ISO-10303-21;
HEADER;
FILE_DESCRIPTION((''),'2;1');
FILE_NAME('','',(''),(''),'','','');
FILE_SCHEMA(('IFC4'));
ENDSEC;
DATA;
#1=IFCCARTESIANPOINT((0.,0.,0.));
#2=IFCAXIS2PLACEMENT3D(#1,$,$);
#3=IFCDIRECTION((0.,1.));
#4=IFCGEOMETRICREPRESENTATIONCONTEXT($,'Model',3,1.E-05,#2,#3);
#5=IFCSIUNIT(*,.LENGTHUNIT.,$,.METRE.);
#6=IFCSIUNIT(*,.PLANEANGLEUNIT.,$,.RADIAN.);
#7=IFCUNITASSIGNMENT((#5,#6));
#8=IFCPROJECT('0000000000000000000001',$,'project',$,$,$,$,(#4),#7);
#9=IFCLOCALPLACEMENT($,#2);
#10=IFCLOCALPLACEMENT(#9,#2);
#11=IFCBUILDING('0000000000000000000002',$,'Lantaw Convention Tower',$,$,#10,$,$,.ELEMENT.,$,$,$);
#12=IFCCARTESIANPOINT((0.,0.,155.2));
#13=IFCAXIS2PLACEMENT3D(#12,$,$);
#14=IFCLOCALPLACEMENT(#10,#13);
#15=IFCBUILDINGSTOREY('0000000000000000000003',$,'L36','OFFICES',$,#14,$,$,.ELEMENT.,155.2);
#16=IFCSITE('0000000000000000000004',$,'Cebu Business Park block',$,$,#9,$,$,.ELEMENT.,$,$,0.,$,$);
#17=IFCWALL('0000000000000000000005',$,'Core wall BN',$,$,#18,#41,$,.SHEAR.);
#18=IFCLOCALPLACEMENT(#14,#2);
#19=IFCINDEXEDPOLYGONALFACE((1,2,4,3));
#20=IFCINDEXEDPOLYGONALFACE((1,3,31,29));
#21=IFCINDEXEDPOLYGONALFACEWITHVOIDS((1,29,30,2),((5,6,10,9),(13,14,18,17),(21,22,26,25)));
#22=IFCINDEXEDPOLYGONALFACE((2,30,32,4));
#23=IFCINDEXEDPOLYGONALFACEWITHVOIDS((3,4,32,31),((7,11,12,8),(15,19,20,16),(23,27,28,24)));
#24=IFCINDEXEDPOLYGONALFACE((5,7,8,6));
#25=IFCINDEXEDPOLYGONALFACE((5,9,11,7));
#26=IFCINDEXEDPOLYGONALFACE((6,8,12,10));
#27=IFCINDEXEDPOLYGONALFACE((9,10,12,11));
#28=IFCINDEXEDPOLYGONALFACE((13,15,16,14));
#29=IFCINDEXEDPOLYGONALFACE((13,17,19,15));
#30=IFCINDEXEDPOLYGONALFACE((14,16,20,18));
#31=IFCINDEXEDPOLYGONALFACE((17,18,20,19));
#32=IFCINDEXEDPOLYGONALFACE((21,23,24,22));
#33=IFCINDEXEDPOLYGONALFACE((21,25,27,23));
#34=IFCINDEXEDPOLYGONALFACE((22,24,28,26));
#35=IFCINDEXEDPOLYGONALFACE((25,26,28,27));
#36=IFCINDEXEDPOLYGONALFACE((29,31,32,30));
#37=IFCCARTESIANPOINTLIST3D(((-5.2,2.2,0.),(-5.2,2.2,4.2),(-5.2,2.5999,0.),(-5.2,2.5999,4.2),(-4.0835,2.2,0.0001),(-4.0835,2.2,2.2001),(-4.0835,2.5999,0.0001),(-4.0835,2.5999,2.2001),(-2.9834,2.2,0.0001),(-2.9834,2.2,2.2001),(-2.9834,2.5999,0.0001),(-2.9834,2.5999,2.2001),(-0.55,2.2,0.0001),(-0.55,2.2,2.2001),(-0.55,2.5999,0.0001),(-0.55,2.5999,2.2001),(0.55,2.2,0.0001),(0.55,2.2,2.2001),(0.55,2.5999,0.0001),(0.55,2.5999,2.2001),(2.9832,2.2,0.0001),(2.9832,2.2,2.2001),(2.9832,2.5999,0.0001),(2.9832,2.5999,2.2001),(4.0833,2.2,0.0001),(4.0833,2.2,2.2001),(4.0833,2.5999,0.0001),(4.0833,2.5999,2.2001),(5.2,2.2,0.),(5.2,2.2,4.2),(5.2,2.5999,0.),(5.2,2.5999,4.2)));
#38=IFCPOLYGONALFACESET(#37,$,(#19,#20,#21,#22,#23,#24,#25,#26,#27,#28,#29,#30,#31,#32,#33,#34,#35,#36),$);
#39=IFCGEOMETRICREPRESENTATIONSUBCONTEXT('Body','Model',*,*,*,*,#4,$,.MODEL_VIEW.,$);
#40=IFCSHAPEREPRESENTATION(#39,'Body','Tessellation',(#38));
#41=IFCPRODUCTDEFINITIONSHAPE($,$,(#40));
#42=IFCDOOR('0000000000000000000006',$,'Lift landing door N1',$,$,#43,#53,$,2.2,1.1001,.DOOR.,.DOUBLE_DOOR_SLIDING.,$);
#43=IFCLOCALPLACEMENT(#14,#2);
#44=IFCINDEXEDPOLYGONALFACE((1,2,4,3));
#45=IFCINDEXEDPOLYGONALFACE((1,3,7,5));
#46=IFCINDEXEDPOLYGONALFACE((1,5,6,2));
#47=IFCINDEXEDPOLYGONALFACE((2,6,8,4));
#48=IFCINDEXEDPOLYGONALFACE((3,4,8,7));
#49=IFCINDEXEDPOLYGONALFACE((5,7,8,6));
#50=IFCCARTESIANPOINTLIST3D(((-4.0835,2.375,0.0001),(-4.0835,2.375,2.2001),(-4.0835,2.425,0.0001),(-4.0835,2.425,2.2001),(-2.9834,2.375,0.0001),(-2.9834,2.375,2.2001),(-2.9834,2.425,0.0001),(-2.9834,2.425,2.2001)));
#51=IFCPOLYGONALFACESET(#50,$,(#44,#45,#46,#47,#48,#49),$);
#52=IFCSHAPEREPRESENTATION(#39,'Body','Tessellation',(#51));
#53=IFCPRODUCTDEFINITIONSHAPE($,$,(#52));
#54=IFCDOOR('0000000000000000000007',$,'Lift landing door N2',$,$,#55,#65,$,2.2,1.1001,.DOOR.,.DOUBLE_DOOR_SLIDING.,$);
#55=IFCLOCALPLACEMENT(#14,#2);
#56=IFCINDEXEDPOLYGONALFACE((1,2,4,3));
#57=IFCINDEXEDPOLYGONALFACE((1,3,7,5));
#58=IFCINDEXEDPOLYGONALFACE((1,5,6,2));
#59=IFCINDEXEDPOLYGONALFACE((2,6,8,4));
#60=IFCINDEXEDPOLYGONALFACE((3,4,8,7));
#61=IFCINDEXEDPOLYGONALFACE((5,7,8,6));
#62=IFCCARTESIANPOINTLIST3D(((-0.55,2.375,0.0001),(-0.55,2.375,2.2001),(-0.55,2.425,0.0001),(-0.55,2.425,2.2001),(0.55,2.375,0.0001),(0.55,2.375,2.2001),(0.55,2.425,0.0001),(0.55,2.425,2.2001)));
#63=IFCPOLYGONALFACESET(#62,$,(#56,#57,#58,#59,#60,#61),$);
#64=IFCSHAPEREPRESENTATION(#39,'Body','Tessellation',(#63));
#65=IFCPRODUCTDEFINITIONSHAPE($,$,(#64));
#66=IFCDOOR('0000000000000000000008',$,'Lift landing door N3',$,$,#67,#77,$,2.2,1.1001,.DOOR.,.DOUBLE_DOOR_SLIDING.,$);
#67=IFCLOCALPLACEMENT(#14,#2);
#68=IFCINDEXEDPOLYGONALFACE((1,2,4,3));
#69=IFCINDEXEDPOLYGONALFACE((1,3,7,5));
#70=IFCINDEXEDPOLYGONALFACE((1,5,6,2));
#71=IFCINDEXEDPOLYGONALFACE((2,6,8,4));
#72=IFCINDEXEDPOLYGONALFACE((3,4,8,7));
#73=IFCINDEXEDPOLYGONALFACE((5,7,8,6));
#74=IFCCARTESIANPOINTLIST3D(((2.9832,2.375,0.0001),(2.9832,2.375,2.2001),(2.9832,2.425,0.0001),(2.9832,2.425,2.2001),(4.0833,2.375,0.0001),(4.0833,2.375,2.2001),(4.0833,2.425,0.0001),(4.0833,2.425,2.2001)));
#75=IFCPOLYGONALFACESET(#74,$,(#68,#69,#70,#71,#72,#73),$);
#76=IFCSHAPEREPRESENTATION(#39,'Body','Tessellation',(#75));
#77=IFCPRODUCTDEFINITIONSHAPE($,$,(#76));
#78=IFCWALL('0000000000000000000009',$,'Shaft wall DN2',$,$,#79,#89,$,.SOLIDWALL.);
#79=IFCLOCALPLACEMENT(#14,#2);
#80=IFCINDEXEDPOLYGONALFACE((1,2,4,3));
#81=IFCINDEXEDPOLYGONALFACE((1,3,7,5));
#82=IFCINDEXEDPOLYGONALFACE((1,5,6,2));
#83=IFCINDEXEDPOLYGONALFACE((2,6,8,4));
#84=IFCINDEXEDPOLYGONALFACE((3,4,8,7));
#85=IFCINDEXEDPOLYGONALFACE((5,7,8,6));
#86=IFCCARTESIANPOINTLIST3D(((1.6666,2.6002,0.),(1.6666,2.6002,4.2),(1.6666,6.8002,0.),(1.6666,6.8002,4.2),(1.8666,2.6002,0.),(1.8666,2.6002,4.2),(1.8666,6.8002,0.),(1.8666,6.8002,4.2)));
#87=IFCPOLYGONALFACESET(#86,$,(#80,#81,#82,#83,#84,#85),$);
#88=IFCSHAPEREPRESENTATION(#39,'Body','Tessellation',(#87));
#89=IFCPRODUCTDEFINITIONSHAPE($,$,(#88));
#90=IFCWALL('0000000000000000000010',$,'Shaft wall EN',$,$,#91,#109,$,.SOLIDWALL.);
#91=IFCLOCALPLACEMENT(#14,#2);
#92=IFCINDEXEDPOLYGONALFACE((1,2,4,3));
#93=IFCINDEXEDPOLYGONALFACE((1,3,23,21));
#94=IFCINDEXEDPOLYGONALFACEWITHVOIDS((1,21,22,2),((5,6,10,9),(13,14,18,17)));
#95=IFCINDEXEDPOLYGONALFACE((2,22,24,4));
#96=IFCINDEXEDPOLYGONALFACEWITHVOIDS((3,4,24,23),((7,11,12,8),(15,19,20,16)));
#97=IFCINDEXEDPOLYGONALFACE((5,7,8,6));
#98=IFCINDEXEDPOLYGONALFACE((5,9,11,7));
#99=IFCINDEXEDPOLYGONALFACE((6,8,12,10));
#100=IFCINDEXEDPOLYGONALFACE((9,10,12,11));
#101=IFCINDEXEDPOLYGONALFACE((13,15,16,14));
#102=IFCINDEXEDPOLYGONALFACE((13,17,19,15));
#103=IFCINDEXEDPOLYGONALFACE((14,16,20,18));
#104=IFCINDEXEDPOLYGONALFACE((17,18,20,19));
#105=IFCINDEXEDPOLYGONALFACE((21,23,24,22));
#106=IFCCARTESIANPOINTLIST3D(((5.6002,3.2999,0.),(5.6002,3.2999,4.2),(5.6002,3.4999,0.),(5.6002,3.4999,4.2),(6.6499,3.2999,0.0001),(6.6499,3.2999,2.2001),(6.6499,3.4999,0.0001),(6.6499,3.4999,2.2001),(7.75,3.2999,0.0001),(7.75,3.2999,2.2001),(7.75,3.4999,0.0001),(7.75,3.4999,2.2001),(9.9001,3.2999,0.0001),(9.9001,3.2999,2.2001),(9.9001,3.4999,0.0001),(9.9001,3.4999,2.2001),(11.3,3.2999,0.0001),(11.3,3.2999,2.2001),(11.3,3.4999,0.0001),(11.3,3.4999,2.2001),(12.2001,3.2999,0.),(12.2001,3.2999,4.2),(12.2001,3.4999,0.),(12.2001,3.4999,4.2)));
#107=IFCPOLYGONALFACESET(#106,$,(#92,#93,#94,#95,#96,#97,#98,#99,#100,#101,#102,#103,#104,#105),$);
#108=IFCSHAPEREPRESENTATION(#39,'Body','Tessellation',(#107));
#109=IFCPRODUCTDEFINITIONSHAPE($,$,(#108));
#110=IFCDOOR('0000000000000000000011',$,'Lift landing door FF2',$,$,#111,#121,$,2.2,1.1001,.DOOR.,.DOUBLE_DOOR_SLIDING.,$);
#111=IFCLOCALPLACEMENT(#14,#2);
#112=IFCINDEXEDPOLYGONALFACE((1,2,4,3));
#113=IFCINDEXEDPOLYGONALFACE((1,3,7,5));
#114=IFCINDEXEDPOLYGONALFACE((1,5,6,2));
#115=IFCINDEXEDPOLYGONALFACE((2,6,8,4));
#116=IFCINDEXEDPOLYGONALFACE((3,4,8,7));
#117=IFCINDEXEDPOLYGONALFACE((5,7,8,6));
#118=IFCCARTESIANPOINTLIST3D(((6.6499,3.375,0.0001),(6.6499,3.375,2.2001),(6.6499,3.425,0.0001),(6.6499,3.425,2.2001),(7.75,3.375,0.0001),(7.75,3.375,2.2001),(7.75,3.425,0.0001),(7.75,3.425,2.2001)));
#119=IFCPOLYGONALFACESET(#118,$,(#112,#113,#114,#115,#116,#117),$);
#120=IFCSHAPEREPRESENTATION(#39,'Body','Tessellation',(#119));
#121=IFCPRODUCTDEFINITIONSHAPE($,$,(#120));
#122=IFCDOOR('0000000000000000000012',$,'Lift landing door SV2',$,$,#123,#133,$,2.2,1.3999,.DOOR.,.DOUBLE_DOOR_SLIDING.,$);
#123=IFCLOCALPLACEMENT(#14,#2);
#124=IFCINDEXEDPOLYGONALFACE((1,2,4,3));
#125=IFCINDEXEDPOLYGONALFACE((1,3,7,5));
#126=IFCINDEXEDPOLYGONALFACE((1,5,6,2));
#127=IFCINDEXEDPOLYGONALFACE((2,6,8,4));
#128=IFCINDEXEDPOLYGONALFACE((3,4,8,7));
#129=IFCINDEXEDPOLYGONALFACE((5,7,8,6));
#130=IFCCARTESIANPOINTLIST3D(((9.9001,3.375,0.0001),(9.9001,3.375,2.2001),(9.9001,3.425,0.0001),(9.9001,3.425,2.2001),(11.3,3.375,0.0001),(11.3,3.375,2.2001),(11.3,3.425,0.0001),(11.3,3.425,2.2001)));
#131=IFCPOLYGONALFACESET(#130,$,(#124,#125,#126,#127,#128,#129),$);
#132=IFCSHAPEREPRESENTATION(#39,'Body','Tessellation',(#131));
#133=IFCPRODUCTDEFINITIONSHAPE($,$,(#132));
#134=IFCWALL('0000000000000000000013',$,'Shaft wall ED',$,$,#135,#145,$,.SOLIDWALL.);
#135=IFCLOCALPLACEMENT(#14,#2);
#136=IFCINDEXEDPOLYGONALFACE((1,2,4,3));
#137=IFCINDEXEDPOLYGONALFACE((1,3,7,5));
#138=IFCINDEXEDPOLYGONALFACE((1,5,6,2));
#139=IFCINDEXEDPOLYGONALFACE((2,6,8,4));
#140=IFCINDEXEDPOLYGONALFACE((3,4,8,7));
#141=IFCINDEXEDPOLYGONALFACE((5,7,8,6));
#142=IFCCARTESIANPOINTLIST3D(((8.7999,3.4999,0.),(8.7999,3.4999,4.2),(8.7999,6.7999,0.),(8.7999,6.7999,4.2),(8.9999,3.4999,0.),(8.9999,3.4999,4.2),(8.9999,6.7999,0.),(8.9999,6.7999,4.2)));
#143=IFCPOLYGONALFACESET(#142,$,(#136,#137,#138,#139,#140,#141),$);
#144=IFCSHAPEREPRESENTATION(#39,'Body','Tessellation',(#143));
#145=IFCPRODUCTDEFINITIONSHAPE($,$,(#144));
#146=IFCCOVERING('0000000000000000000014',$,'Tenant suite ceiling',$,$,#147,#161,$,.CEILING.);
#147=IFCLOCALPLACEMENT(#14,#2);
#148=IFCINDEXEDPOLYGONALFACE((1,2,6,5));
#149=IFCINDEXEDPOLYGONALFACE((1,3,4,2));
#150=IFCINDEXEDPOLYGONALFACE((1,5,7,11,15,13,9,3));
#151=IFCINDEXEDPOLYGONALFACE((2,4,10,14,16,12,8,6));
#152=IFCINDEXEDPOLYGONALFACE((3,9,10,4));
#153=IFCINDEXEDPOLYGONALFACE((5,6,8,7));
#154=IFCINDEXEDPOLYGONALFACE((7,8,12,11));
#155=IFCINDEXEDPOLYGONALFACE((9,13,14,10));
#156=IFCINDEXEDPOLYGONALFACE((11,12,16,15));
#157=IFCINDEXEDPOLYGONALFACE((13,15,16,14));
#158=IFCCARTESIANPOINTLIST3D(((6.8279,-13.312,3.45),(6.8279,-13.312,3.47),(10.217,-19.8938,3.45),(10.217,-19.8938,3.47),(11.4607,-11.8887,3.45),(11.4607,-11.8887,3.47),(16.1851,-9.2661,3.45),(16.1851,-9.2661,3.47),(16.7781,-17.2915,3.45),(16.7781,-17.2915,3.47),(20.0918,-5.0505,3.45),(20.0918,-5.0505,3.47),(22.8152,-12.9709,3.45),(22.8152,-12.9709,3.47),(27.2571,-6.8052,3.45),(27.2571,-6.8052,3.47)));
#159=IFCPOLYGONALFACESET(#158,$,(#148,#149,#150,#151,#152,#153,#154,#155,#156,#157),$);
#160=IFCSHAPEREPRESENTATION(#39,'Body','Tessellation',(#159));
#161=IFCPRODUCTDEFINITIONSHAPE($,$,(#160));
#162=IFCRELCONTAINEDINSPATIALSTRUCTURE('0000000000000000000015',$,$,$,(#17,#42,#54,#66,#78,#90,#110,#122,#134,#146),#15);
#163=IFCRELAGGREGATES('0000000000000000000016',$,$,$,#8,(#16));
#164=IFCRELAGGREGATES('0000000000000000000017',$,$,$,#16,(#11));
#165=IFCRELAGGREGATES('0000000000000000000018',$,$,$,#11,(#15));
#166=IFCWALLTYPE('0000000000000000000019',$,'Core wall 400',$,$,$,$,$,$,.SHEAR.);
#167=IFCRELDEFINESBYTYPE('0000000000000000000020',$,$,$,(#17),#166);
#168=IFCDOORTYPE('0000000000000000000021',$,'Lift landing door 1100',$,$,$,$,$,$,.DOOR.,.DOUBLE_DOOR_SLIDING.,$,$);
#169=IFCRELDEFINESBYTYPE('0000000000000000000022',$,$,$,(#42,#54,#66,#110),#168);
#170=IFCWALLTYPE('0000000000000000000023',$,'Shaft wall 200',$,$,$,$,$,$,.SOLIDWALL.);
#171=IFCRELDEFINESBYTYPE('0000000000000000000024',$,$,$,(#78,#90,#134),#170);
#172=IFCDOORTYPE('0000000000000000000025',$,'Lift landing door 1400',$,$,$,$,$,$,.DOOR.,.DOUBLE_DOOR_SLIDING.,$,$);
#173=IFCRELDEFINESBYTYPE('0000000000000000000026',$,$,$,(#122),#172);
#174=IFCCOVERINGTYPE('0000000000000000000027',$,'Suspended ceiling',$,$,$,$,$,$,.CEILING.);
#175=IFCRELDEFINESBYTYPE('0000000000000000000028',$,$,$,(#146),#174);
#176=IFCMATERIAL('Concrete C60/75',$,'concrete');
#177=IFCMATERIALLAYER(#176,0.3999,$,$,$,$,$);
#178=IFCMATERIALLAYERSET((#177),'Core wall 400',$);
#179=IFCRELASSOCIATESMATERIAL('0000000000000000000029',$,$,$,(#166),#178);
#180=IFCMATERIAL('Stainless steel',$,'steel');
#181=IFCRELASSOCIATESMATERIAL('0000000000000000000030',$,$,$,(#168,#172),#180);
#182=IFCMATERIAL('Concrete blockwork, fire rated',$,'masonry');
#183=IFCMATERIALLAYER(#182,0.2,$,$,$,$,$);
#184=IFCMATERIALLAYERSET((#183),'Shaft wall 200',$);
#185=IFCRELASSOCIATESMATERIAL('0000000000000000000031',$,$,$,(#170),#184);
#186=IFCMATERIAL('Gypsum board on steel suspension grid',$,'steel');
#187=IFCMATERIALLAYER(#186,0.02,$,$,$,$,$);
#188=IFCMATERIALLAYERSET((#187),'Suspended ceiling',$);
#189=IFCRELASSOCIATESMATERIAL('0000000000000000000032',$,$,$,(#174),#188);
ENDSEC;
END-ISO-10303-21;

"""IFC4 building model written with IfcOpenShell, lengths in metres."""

from ifc_helpers import new_model, si_unit, direction, frame, frame_2d, origin, place, context, subcontext, project, spatial, polyline, rectangle, outline, extrude, material, layer, layer_set, type_object, element, fill, save


model = new_model("IFC4")

# Units and contexts
model_context = context("Model", 3, precision=1e-05, world=origin(), true_north=direction((0.0, 1.0)))
body_context = subcontext(model_context, "Body", "Model", "MODEL_VIEW")
ifc_project = project(units=[si_unit("LENGTHUNIT", "METRE"), si_unit("PLANEANGLEUNIT", "RADIAN")], contexts=[model_context])

# Site, building, storey
site_placement = place(None, origin())
site = spatial("IfcSite", under=ifc_project, at=site_placement, Name="Cebu Business Park block", CompositionType="ELEMENT", RefElevation=0.0)
building_placement = place(site_placement, origin())
building = spatial("IfcBuilding", under=site, at=building_placement, Name="Lantaw Convention Tower", CompositionType="ELEMENT")
storey_placement = place(building_placement, frame((0.0, 0.0, 155.2)))
storey = spatial("IfcBuildingStorey", under=building, at=storey_placement, Name="L36", Description="OFFICES", CompositionType="ELEMENT", Elevation=155.2)

# Wall, openings, doors
ifc_material_1 = material(Name="Concrete C60/75", Category="concrete")
ifc_layer_1 = layer(ifc_material_1, 0.3999)
ifc_layer_set_1 = layer_set([ifc_layer_1], Name="Core wall 400")
wall_type_1 = type_object("IfcWallType", Name="Core wall 400", PredefinedType="SHEAR", material=ifc_layer_set_1)
wall_1_placement = place(storey_placement, frame((5.2, 2.3999, 0.0), z_axis=(0.0, 0.0, 1.0), x_axis=(-1.0, 0.0, 0.0)))
wall_1 = element("IfcWall", 1, at=wall_1_placement, inside=storey, type_object=wall_type_1, Name="Core wall BN", PredefinedType="SHEAR", context=body_context, shape_type="SweptSolid", body=[
    extrude(rectangle(XDim=10.3999, YDim=0.3999, at=frame_2d((5.2, 0.0))), origin(), (0.0, 0.0, 1.0), 4.2),
])
opening_1_placement = place(wall_1_placement, frame((8.1833, 0.0, 0.0)))
opening_1 = element("IfcOpeningElement", 2, at=opening_1_placement, cuts=wall_1, PredefinedType="OPENING", context=body_context, shape_type="SweptSolid", body=[
    extrude(rectangle(XDim=1.1001, YDim=2.2, at=frame_2d((0.55, 1.1001))), frame((0.0, 0.21, 0.0), z_axis=(0.0, -1.0, 0.0), x_axis=(1.0, 0.0, 0.0)), (0.0, 0.0, 1.0), 0.4199),
])
opening_2_placement = place(wall_1_placement, frame((4.6499, 0.0, 0.0)))
opening_2 = element("IfcOpeningElement", 3, at=opening_2_placement, cuts=wall_1, PredefinedType="OPENING", context=body_context, shape_type="SweptSolid", body=[
    extrude(rectangle(XDim=1.1001, YDim=2.2, at=frame_2d((0.55, 1.1001))), frame((0.0, 0.21, 0.0), z_axis=(0.0, -1.0, 0.0), x_axis=(1.0, 0.0, 0.0)), (0.0, 0.0, 1.0), 0.4199),
])
opening_3_placement = place(wall_1_placement, frame((1.1167, 0.0, 0.0)))
opening_3 = element("IfcOpeningElement", 4, at=opening_3_placement, cuts=wall_1, PredefinedType="OPENING", context=body_context, shape_type="SweptSolid", body=[
    extrude(rectangle(XDim=1.1001, YDim=2.2, at=frame_2d((0.55, 1.1001))), frame((0.0, 0.21, 0.0), z_axis=(0.0, -1.0, 0.0), x_axis=(1.0, 0.0, 0.0)), (0.0, 0.0, 1.0), 0.4199),
])
ifc_material_2 = material(Name="Stainless steel", Category="steel")
door_type_1 = type_object("IfcDoorType", Name="Lift landing door 1100", OperationType="DOUBLE_DOOR_SLIDING", PredefinedType="DOOR", material=ifc_material_2)
door_1_placement = place(opening_1_placement, origin())
door_1 = element("IfcDoor", 5, at=door_1_placement, inside=storey, type_object=door_type_1, Name="Lift landing door N1", OperationType="DOUBLE_DOOR_SLIDING", OverallHeight=2.2, OverallWidth=1.1001, PredefinedType="DOOR", context=body_context, shape_type="SweptSolid", body=[
    extrude(rectangle(XDim=1.1001, YDim=2.2, at=frame_2d((0.55, 1.1001))), frame((0.0, 0.0249, 0.0), z_axis=(0.0, -1.0, 0.0), x_axis=(1.0, 0.0, 0.0)), (0.0, 0.0, 1.0), 0.05),
])
fill(opening_1, door_1)
door_2_placement = place(opening_2_placement, origin())
door_2 = element("IfcDoor", 6, at=door_2_placement, inside=storey, type_object=door_type_1, Name="Lift landing door N2", OperationType="DOUBLE_DOOR_SLIDING", OverallHeight=2.2, OverallWidth=1.1001, PredefinedType="DOOR", context=body_context, shape_type="SweptSolid", body=[
    extrude(rectangle(XDim=1.1001, YDim=2.2, at=frame_2d((0.55, 1.1001))), frame((0.0, 0.0249, 0.0), z_axis=(0.0, -1.0, 0.0), x_axis=(1.0, 0.0, 0.0)), (0.0, 0.0, 1.0), 0.05),
])
fill(opening_2, door_2)
door_3_placement = place(opening_3_placement, origin())
door_3 = element("IfcDoor", 7, at=door_3_placement, inside=storey, type_object=door_type_1, Name="Lift landing door N3", OperationType="DOUBLE_DOOR_SLIDING", OverallHeight=2.2, OverallWidth=1.1001, PredefinedType="DOOR", context=body_context, shape_type="SweptSolid", body=[
    extrude(rectangle(XDim=1.1001, YDim=2.2, at=frame_2d((0.55, 1.1001))), frame((0.0, 0.0249, 0.0), z_axis=(0.0, -1.0, 0.0), x_axis=(1.0, 0.0, 0.0)), (0.0, 0.0, 1.0), 0.05),
])
fill(opening_3, door_3)

# Wall
ifc_material_3 = material(Name="Concrete blockwork, fire rated", Category="masonry")
ifc_layer_2 = layer(ifc_material_3, 0.2)
ifc_layer_set_2 = layer_set([ifc_layer_2], Name="Shaft wall 200")
wall_type_2 = type_object("IfcWallType", Name="Shaft wall 200", PredefinedType="SOLIDWALL", material=ifc_layer_set_2)
wall_2_placement = place(storey_placement, frame((1.7666, 2.6001, 0.0), z_axis=(0.0, 0.0, 1.0), x_axis=(0.0, 1.0, 0.0)))
element("IfcWall", 8, at=wall_2_placement, inside=storey, type_object=wall_type_2, Name="Shaft wall DN2", PredefinedType="SOLIDWALL", context=body_context, shape_type="SweptSolid", body=[
    extrude(rectangle(XDim=4.2, YDim=0.2, at=frame_2d((2.1001, 0.0))), origin(), (0.0, 0.0, 1.0), 4.2),
])

# Wall, openings, doors
wall_3_placement = place(storey_placement, frame((12.2, 3.3999, 0.0), z_axis=(0.0, 0.0, 1.0), x_axis=(-1.0, 0.0, 0.0)))
wall_3 = element("IfcWall", 9, at=wall_3_placement, inside=storey, type_object=wall_type_2, Name="Shaft wall EN", PredefinedType="SOLIDWALL", context=body_context, shape_type="SweptSolid", body=[
    extrude(rectangle(XDim=6.5999, YDim=0.2, at=frame_2d((3.2998, 0.0))), origin(), (0.0, 0.0, 1.0), 4.2),
])
opening_4_placement = place(wall_3_placement, frame((4.45, 0.0, 0.0)))
opening_4 = element("IfcOpeningElement", 10, at=opening_4_placement, cuts=wall_3, PredefinedType="OPENING", context=body_context, shape_type="SweptSolid", body=[
    extrude(rectangle(XDim=1.1001, YDim=2.2, at=frame_2d((0.55, 1.1001))), frame((0.0, 0.1099, 0.0), z_axis=(0.0, -1.0, 0.0), x_axis=(1.0, 0.0, 0.0)), (0.0, 0.0, 1.0), 0.22),
])
opening_5_placement = place(wall_3_placement, frame((0.8999, 0.0, 0.0)))
opening_5 = element("IfcOpeningElement", 11, at=opening_5_placement, cuts=wall_3, PredefinedType="OPENING", context=body_context, shape_type="SweptSolid", body=[
    extrude(rectangle(XDim=1.3999, YDim=2.2, at=frame_2d((0.7, 1.1001))), frame((0.0, 0.1099, 0.0), z_axis=(0.0, -1.0, 0.0), x_axis=(1.0, 0.0, 0.0)), (0.0, 0.0, 1.0), 0.22),
])
door_4_placement = place(opening_4_placement, origin())
door_4 = element("IfcDoor", 12, at=door_4_placement, inside=storey, type_object=door_type_1, Name="Lift landing door FF2", OperationType="DOUBLE_DOOR_SLIDING", OverallHeight=2.2, OverallWidth=1.1001, PredefinedType="DOOR", context=body_context, shape_type="SweptSolid", body=[
    extrude(rectangle(XDim=1.1001, YDim=2.2, at=frame_2d((0.55, 1.1001))), frame((0.0, 0.0249, 0.0), z_axis=(0.0, -1.0, 0.0), x_axis=(1.0, 0.0, 0.0)), (0.0, 0.0, 1.0), 0.05),
])
fill(opening_4, door_4)
door_type_2 = type_object("IfcDoorType", Name="Lift landing door 1400", OperationType="DOUBLE_DOOR_SLIDING", PredefinedType="DOOR", material=ifc_material_2)
door_5_placement = place(opening_5_placement, origin())
door_5 = element("IfcDoor", 13, at=door_5_placement, inside=storey, type_object=door_type_2, Name="Lift landing door SV2", OperationType="DOUBLE_DOOR_SLIDING", OverallHeight=2.2, OverallWidth=1.3999, PredefinedType="DOOR", context=body_context, shape_type="SweptSolid", body=[
    extrude(rectangle(XDim=1.3999, YDim=2.2, at=frame_2d((0.7, 1.1001))), frame((0.0, 0.0249, 0.0), z_axis=(0.0, -1.0, 0.0), x_axis=(1.0, 0.0, 0.0)), (0.0, 0.0, 1.0), 0.05),
])
fill(opening_5, door_5)

# Wall
wall_4_placement = place(storey_placement, frame((8.8999, 3.5, 0.0), z_axis=(0.0, 0.0, 1.0), x_axis=(0.0, 1.0, 0.0)))
element("IfcWall", 14, at=wall_4_placement, inside=storey, type_object=wall_type_2, Name="Shaft wall ED", PredefinedType="SOLIDWALL", context=body_context, shape_type="SweptSolid", body=[
    extrude(rectangle(XDim=3.3, YDim=0.2, at=frame_2d((1.6499, 0.0))), origin(), (0.0, 0.0, 1.0), 4.2),
])

# Covering
ifc_material_4 = material(Name="Gypsum board on steel suspension grid", Category="steel")
ifc_layer_3 = layer(ifc_material_4, 0.02)
ifc_layer_set_3 = layer_set([ifc_layer_3], Name="Suspended ceiling")
covering_type = type_object("IfcCoveringType", Name="Suspended ceiling", PredefinedType="CEILING", material=ifc_layer_set_3)
covering_1_placement = place(storey_placement, frame((0.0, 0.0, 3.45)))
element("IfcCovering", 15, at=covering_1_placement, inside=storey, type_object=covering_type, Name="Tenant suite ceiling", PredefinedType="CEILING", context=body_context, shape_type="SweptSolid", body=[
    extrude(outline(polyline([(6.8279, -13.312), (10.217, -19.8938), (16.7781, -17.2915), (22.8152, -12.9709), (27.2571, -6.8052), (20.0918, -5.0505), (16.1851, -9.2661), (11.4607, -11.8887), (6.8279, -13.312)])), origin(), (0.0, 0.0, 1.0), 0.02),
])

save(model, "model.ifc")
